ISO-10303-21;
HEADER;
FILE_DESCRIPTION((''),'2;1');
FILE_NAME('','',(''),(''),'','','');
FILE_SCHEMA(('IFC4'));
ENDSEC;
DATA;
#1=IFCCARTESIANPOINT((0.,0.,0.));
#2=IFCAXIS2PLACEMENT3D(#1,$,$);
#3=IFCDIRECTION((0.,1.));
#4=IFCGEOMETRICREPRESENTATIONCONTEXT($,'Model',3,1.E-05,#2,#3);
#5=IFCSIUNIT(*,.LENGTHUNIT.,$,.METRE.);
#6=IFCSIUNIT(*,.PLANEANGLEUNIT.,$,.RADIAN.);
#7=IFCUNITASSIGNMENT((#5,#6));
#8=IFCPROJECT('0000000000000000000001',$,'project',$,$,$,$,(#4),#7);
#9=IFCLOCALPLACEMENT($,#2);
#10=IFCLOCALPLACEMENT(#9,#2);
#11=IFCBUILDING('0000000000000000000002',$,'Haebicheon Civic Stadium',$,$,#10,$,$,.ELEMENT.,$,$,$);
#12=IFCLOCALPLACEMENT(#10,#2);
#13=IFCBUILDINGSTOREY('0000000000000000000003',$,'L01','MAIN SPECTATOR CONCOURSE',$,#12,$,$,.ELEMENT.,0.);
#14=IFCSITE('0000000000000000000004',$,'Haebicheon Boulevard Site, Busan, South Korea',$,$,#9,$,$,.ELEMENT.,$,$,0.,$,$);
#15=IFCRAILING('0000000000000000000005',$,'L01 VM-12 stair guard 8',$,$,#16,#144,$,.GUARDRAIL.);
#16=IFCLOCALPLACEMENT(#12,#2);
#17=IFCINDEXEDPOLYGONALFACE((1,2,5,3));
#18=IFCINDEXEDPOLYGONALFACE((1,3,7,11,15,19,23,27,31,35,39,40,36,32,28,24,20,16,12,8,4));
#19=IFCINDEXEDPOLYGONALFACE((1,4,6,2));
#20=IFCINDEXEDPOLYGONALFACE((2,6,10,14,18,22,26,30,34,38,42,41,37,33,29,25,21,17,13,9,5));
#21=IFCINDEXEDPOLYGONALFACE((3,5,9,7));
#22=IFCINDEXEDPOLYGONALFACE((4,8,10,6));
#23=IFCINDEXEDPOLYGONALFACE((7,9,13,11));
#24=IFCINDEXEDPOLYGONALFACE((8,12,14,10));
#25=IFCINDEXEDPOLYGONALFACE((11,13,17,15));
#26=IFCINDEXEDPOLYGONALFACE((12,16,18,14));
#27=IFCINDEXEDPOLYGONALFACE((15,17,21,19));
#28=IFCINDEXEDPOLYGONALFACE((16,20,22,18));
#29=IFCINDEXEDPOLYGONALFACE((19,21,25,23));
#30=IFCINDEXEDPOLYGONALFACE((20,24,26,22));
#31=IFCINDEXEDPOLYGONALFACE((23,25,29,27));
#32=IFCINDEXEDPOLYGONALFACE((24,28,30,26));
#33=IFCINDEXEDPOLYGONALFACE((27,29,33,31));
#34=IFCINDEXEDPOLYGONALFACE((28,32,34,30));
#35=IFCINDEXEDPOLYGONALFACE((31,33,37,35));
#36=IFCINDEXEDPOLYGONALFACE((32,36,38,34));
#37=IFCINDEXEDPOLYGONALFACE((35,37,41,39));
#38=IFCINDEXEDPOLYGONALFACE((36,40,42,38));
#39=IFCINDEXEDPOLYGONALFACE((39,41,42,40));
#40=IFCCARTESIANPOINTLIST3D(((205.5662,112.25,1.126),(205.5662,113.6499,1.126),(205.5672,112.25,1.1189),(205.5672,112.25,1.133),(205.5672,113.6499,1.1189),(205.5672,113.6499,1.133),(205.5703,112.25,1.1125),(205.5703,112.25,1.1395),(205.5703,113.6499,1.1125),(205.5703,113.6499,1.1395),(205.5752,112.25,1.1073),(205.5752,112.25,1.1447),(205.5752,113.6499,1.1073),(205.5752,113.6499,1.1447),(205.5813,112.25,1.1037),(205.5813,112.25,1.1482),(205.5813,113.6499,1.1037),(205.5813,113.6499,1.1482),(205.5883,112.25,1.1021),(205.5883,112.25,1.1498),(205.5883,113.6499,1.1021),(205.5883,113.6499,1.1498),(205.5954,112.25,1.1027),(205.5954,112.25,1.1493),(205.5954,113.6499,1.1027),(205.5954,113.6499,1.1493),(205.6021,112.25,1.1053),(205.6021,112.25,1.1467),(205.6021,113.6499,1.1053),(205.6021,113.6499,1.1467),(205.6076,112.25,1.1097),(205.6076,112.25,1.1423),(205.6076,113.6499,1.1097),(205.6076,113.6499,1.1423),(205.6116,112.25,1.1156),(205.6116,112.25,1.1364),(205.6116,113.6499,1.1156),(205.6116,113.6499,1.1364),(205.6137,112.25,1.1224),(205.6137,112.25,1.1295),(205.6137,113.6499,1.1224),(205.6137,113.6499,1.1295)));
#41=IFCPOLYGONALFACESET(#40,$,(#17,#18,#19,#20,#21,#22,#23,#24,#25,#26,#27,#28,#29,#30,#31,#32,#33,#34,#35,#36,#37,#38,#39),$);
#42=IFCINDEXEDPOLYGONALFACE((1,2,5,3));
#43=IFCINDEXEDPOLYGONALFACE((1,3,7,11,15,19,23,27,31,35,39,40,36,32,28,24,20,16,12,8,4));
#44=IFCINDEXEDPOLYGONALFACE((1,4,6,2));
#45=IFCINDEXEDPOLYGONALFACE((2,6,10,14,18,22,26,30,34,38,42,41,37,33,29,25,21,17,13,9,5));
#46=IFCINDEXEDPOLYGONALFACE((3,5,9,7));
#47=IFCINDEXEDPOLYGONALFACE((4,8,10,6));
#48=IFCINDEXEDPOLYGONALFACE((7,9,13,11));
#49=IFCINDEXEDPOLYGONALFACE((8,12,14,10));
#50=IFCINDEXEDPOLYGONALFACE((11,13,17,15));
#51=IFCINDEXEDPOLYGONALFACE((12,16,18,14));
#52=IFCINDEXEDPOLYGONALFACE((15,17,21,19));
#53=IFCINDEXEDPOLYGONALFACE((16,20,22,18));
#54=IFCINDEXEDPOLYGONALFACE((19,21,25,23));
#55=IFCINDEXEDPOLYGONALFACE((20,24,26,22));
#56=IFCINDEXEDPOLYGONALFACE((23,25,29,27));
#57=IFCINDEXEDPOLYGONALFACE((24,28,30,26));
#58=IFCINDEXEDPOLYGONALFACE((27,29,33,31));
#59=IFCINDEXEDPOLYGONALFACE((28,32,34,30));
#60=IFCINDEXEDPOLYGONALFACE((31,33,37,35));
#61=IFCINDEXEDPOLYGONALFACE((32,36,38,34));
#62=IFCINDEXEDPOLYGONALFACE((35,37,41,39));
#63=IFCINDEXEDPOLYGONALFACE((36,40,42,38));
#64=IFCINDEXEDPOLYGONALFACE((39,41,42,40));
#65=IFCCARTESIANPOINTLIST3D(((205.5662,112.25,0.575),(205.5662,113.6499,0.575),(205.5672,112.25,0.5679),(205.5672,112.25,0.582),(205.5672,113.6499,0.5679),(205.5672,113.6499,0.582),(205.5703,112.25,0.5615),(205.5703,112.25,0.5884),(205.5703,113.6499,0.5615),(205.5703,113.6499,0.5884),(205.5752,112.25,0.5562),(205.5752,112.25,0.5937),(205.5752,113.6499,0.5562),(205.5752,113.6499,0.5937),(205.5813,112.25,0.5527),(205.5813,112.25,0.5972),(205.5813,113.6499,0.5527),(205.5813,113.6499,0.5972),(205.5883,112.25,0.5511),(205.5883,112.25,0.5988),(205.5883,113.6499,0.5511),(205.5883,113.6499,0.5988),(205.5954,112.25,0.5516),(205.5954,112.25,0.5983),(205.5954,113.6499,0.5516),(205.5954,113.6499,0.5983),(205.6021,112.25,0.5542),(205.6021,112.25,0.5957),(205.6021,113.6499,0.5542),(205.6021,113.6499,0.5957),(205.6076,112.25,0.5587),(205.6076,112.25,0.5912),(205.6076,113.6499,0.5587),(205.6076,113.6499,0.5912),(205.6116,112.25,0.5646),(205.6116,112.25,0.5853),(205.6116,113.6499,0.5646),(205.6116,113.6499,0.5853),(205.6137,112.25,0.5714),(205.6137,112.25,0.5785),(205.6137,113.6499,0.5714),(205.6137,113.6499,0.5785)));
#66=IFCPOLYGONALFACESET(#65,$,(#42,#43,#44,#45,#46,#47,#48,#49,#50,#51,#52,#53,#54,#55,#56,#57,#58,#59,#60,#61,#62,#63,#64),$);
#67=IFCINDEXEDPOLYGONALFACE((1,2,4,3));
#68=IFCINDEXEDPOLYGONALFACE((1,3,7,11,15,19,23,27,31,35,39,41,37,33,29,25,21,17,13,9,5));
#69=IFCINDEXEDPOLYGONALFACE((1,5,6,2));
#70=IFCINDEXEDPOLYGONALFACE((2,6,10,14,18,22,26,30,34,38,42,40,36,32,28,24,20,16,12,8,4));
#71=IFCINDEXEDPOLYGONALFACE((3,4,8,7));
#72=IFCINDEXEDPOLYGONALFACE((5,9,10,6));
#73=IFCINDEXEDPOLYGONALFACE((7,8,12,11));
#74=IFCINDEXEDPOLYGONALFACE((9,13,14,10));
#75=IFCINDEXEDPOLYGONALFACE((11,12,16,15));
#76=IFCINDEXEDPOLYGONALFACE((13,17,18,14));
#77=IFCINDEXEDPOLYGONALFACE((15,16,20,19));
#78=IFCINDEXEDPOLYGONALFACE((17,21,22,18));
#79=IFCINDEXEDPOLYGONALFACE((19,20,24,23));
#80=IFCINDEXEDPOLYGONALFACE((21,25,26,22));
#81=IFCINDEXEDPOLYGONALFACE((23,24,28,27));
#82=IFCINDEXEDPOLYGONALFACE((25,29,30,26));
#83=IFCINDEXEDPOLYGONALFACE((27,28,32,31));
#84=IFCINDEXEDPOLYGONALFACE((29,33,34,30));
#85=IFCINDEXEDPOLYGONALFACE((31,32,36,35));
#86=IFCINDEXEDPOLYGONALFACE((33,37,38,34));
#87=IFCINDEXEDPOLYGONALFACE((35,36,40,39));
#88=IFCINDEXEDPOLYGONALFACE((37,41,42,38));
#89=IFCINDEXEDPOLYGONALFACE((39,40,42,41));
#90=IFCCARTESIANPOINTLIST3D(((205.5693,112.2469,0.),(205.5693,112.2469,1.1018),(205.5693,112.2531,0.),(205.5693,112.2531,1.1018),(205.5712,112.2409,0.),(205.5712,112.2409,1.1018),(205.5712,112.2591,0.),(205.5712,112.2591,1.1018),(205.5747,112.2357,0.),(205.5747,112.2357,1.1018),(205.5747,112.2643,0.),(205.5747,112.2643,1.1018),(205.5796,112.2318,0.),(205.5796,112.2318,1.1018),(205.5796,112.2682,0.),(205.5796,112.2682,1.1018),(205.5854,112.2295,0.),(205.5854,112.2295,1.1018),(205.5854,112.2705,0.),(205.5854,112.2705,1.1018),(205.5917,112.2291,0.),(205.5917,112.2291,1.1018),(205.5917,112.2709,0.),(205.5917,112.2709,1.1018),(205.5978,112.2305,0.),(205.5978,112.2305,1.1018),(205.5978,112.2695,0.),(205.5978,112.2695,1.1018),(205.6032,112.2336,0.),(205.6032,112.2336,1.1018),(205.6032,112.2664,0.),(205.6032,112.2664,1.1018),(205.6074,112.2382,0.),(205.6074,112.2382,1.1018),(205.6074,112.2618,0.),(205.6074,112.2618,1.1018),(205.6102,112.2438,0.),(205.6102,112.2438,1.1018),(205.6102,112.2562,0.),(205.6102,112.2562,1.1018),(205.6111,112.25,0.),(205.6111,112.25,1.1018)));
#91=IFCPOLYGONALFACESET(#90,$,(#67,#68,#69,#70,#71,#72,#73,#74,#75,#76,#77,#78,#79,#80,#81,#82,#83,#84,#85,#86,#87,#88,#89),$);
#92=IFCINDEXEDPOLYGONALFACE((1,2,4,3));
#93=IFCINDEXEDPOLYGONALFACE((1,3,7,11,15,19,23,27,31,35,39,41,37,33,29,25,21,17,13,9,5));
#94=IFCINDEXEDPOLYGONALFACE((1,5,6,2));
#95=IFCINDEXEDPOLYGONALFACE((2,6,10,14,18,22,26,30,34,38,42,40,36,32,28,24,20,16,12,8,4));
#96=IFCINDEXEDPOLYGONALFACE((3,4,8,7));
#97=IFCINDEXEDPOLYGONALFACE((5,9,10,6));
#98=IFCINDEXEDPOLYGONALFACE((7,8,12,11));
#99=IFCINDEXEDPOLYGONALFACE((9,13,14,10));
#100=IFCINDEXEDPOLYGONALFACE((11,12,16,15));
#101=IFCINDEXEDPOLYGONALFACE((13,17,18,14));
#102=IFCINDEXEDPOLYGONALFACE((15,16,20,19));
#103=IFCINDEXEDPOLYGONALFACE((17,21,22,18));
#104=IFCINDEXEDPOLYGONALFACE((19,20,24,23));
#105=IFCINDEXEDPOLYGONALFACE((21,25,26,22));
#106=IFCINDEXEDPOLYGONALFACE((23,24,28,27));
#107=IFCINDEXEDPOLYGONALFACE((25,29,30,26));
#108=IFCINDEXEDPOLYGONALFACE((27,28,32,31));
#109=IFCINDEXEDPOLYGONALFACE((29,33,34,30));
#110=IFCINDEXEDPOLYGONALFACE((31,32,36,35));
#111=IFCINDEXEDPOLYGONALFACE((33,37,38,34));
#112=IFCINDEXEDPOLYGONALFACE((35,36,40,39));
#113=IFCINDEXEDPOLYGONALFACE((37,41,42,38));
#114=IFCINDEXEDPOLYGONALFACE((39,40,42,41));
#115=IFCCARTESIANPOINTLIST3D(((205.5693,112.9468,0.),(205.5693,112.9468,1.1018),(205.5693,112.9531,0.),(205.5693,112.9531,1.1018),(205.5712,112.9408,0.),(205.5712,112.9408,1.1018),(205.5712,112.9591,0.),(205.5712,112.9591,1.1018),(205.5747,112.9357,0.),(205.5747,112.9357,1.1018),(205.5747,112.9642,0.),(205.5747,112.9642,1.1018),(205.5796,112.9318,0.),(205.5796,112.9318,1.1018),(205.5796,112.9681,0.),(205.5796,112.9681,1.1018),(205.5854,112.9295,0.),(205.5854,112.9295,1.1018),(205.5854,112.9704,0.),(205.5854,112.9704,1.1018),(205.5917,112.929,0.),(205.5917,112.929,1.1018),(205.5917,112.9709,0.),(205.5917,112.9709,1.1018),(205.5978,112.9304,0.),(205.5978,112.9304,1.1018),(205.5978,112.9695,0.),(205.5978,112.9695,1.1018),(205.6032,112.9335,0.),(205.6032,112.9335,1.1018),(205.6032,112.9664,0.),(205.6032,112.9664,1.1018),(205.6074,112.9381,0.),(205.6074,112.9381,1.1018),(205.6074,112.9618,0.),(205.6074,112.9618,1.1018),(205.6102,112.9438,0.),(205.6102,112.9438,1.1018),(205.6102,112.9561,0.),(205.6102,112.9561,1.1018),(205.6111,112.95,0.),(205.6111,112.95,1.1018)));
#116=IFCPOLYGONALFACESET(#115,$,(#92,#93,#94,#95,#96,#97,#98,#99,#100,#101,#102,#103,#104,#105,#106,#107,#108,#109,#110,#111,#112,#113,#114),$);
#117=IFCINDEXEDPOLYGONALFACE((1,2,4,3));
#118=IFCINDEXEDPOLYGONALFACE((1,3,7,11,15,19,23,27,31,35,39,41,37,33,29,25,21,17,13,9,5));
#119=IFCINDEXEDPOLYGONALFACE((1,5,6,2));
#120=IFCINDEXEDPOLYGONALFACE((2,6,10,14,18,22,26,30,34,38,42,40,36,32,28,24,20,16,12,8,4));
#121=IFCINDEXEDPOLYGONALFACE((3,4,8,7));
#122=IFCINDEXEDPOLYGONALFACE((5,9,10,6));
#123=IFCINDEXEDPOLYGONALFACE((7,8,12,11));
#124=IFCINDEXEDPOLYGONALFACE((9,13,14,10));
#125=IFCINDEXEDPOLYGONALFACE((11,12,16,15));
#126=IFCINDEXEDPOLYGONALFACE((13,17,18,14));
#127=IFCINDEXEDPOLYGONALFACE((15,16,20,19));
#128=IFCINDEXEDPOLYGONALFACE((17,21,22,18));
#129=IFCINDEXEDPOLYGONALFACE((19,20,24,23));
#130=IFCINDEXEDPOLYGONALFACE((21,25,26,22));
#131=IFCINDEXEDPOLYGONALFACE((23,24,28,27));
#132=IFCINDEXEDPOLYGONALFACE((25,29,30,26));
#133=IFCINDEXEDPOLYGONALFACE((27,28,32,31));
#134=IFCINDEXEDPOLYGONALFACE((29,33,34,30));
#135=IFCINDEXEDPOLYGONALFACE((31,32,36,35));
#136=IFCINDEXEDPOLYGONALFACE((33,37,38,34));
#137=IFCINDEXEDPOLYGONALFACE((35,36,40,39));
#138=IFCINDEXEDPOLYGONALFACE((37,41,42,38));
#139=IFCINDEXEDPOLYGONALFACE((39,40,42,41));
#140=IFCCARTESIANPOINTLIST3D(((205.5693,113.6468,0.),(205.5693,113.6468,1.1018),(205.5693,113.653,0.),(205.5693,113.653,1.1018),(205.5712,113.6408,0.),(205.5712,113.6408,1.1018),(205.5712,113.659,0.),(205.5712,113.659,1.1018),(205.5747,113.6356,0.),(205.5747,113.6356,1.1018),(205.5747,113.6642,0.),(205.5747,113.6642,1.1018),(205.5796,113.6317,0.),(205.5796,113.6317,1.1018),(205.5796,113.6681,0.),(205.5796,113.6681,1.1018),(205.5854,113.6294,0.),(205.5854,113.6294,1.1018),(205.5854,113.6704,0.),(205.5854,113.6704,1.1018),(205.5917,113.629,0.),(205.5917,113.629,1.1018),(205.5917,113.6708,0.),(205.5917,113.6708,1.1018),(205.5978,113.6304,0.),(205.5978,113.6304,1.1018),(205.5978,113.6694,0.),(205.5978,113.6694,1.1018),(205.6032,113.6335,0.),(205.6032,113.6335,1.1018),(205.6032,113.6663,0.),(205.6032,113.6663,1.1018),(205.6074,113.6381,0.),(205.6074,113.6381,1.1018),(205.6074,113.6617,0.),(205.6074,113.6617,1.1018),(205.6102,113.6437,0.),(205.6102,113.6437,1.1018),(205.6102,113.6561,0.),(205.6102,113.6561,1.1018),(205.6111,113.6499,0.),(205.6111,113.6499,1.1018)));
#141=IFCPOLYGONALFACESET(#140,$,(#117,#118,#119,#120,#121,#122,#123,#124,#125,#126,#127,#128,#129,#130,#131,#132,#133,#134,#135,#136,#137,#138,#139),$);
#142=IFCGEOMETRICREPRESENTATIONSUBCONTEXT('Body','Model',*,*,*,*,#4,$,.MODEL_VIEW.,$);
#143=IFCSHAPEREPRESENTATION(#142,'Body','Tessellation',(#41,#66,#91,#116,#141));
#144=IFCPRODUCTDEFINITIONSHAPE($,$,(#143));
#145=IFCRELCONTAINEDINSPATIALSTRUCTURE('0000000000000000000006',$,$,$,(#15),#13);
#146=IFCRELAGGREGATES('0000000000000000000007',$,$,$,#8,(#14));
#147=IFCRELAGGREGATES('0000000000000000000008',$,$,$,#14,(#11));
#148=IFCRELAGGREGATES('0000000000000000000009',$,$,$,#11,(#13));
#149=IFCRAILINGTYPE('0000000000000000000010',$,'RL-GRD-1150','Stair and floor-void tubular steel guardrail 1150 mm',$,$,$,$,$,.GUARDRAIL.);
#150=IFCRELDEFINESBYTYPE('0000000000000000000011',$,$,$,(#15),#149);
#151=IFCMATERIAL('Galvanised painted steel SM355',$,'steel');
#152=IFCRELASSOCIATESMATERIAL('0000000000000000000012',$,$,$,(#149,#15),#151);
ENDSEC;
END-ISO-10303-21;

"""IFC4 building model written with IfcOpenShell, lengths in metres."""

from ifc_helpers import new_model, si_unit, direction, frame, origin, origin_2d, place, context, subcontext, project, spatial, circle, extrude, material, type_object, element, save


model = new_model("IFC4")

# Units and contexts
model_context = context("Model", 3, precision=1e-05, world=origin(), true_north=direction((0.0, 1.0)))
body_context = subcontext(model_context, "Body", "Model", "MODEL_VIEW")
ifc_project = project(units=[si_unit("LENGTHUNIT", "METRE"), si_unit("PLANEANGLEUNIT", "RADIAN")], contexts=[model_context])

# Site, building, storey
site_placement = place(None, origin())
site = spatial("IfcSite", under=ifc_project, at=site_placement, Name="Haebicheon Boulevard Site, Busan, South Korea", CompositionType="ELEMENT", RefElevation=0.0)
building_placement = place(site_placement, origin())
building = spatial("IfcBuilding", under=site, at=building_placement, Name="Haebicheon Civic Stadium", CompositionType="ELEMENT")
storey_placement = place(building_placement, origin())
storey = spatial("IfcBuildingStorey", under=building, at=storey_placement, Name="L01", Description="MAIN SPECTATOR CONCOURSE", CompositionType="ELEMENT", Elevation=0.0)

# Railing
ifc_material_1 = material(Name="Galvanised painted steel SM355", Category="steel")
railing_type_1 = type_object("IfcRailingType", Name="RL-GRD-1150", Description="Stair and floor-void tubular steel guardrail 1150 mm", PredefinedType="GUARDRAIL", material=ifc_material_1)
for number, where, name in (
    (1, (205.5901, 112.25, 0.0), "L01 VM-12 stair guard 8"),
):
    element("IfcRailing", number, at=place(storey_placement, frame(where)), inside=storey, type_object=railing_type_1, material=ifc_material_1, Name=name, PredefinedType="GUARDRAIL", context=body_context, shape_type="SweptSolid", body=[
        extrude(circle(Radius=0.0239, at=origin_2d()), frame((0.0, 0.0, 1.126), z_axis=(0.0, 1.0, 0.0), x_axis=(-1.0, 0.0, 0.0)), (0.0, 0.0, 1.0), 1.3999),
        extrude(circle(Radius=0.0239, at=origin_2d()), frame((0.0, 0.0, 0.575), z_axis=(0.0, 1.0, 0.0), x_axis=(-1.0, 0.0, 0.0)), (0.0, 0.0, 1.0), 1.3999),
        extrude(circle(Radius=0.021, at=origin_2d()), origin(), (0.0, 0.0, 1.0), 1.1018),
        extrude(circle(Radius=0.021, at=origin_2d()), frame((0.0, 0.7, 0.0)), (0.0, 0.0, 1.0), 1.1018),
        extrude(circle(Radius=0.021, at=origin_2d()), frame((0.0, 1.3999, 0.0)), (0.0, 0.0, 1.0), 1.1018),
    ])

save(model, "model.ifc")
